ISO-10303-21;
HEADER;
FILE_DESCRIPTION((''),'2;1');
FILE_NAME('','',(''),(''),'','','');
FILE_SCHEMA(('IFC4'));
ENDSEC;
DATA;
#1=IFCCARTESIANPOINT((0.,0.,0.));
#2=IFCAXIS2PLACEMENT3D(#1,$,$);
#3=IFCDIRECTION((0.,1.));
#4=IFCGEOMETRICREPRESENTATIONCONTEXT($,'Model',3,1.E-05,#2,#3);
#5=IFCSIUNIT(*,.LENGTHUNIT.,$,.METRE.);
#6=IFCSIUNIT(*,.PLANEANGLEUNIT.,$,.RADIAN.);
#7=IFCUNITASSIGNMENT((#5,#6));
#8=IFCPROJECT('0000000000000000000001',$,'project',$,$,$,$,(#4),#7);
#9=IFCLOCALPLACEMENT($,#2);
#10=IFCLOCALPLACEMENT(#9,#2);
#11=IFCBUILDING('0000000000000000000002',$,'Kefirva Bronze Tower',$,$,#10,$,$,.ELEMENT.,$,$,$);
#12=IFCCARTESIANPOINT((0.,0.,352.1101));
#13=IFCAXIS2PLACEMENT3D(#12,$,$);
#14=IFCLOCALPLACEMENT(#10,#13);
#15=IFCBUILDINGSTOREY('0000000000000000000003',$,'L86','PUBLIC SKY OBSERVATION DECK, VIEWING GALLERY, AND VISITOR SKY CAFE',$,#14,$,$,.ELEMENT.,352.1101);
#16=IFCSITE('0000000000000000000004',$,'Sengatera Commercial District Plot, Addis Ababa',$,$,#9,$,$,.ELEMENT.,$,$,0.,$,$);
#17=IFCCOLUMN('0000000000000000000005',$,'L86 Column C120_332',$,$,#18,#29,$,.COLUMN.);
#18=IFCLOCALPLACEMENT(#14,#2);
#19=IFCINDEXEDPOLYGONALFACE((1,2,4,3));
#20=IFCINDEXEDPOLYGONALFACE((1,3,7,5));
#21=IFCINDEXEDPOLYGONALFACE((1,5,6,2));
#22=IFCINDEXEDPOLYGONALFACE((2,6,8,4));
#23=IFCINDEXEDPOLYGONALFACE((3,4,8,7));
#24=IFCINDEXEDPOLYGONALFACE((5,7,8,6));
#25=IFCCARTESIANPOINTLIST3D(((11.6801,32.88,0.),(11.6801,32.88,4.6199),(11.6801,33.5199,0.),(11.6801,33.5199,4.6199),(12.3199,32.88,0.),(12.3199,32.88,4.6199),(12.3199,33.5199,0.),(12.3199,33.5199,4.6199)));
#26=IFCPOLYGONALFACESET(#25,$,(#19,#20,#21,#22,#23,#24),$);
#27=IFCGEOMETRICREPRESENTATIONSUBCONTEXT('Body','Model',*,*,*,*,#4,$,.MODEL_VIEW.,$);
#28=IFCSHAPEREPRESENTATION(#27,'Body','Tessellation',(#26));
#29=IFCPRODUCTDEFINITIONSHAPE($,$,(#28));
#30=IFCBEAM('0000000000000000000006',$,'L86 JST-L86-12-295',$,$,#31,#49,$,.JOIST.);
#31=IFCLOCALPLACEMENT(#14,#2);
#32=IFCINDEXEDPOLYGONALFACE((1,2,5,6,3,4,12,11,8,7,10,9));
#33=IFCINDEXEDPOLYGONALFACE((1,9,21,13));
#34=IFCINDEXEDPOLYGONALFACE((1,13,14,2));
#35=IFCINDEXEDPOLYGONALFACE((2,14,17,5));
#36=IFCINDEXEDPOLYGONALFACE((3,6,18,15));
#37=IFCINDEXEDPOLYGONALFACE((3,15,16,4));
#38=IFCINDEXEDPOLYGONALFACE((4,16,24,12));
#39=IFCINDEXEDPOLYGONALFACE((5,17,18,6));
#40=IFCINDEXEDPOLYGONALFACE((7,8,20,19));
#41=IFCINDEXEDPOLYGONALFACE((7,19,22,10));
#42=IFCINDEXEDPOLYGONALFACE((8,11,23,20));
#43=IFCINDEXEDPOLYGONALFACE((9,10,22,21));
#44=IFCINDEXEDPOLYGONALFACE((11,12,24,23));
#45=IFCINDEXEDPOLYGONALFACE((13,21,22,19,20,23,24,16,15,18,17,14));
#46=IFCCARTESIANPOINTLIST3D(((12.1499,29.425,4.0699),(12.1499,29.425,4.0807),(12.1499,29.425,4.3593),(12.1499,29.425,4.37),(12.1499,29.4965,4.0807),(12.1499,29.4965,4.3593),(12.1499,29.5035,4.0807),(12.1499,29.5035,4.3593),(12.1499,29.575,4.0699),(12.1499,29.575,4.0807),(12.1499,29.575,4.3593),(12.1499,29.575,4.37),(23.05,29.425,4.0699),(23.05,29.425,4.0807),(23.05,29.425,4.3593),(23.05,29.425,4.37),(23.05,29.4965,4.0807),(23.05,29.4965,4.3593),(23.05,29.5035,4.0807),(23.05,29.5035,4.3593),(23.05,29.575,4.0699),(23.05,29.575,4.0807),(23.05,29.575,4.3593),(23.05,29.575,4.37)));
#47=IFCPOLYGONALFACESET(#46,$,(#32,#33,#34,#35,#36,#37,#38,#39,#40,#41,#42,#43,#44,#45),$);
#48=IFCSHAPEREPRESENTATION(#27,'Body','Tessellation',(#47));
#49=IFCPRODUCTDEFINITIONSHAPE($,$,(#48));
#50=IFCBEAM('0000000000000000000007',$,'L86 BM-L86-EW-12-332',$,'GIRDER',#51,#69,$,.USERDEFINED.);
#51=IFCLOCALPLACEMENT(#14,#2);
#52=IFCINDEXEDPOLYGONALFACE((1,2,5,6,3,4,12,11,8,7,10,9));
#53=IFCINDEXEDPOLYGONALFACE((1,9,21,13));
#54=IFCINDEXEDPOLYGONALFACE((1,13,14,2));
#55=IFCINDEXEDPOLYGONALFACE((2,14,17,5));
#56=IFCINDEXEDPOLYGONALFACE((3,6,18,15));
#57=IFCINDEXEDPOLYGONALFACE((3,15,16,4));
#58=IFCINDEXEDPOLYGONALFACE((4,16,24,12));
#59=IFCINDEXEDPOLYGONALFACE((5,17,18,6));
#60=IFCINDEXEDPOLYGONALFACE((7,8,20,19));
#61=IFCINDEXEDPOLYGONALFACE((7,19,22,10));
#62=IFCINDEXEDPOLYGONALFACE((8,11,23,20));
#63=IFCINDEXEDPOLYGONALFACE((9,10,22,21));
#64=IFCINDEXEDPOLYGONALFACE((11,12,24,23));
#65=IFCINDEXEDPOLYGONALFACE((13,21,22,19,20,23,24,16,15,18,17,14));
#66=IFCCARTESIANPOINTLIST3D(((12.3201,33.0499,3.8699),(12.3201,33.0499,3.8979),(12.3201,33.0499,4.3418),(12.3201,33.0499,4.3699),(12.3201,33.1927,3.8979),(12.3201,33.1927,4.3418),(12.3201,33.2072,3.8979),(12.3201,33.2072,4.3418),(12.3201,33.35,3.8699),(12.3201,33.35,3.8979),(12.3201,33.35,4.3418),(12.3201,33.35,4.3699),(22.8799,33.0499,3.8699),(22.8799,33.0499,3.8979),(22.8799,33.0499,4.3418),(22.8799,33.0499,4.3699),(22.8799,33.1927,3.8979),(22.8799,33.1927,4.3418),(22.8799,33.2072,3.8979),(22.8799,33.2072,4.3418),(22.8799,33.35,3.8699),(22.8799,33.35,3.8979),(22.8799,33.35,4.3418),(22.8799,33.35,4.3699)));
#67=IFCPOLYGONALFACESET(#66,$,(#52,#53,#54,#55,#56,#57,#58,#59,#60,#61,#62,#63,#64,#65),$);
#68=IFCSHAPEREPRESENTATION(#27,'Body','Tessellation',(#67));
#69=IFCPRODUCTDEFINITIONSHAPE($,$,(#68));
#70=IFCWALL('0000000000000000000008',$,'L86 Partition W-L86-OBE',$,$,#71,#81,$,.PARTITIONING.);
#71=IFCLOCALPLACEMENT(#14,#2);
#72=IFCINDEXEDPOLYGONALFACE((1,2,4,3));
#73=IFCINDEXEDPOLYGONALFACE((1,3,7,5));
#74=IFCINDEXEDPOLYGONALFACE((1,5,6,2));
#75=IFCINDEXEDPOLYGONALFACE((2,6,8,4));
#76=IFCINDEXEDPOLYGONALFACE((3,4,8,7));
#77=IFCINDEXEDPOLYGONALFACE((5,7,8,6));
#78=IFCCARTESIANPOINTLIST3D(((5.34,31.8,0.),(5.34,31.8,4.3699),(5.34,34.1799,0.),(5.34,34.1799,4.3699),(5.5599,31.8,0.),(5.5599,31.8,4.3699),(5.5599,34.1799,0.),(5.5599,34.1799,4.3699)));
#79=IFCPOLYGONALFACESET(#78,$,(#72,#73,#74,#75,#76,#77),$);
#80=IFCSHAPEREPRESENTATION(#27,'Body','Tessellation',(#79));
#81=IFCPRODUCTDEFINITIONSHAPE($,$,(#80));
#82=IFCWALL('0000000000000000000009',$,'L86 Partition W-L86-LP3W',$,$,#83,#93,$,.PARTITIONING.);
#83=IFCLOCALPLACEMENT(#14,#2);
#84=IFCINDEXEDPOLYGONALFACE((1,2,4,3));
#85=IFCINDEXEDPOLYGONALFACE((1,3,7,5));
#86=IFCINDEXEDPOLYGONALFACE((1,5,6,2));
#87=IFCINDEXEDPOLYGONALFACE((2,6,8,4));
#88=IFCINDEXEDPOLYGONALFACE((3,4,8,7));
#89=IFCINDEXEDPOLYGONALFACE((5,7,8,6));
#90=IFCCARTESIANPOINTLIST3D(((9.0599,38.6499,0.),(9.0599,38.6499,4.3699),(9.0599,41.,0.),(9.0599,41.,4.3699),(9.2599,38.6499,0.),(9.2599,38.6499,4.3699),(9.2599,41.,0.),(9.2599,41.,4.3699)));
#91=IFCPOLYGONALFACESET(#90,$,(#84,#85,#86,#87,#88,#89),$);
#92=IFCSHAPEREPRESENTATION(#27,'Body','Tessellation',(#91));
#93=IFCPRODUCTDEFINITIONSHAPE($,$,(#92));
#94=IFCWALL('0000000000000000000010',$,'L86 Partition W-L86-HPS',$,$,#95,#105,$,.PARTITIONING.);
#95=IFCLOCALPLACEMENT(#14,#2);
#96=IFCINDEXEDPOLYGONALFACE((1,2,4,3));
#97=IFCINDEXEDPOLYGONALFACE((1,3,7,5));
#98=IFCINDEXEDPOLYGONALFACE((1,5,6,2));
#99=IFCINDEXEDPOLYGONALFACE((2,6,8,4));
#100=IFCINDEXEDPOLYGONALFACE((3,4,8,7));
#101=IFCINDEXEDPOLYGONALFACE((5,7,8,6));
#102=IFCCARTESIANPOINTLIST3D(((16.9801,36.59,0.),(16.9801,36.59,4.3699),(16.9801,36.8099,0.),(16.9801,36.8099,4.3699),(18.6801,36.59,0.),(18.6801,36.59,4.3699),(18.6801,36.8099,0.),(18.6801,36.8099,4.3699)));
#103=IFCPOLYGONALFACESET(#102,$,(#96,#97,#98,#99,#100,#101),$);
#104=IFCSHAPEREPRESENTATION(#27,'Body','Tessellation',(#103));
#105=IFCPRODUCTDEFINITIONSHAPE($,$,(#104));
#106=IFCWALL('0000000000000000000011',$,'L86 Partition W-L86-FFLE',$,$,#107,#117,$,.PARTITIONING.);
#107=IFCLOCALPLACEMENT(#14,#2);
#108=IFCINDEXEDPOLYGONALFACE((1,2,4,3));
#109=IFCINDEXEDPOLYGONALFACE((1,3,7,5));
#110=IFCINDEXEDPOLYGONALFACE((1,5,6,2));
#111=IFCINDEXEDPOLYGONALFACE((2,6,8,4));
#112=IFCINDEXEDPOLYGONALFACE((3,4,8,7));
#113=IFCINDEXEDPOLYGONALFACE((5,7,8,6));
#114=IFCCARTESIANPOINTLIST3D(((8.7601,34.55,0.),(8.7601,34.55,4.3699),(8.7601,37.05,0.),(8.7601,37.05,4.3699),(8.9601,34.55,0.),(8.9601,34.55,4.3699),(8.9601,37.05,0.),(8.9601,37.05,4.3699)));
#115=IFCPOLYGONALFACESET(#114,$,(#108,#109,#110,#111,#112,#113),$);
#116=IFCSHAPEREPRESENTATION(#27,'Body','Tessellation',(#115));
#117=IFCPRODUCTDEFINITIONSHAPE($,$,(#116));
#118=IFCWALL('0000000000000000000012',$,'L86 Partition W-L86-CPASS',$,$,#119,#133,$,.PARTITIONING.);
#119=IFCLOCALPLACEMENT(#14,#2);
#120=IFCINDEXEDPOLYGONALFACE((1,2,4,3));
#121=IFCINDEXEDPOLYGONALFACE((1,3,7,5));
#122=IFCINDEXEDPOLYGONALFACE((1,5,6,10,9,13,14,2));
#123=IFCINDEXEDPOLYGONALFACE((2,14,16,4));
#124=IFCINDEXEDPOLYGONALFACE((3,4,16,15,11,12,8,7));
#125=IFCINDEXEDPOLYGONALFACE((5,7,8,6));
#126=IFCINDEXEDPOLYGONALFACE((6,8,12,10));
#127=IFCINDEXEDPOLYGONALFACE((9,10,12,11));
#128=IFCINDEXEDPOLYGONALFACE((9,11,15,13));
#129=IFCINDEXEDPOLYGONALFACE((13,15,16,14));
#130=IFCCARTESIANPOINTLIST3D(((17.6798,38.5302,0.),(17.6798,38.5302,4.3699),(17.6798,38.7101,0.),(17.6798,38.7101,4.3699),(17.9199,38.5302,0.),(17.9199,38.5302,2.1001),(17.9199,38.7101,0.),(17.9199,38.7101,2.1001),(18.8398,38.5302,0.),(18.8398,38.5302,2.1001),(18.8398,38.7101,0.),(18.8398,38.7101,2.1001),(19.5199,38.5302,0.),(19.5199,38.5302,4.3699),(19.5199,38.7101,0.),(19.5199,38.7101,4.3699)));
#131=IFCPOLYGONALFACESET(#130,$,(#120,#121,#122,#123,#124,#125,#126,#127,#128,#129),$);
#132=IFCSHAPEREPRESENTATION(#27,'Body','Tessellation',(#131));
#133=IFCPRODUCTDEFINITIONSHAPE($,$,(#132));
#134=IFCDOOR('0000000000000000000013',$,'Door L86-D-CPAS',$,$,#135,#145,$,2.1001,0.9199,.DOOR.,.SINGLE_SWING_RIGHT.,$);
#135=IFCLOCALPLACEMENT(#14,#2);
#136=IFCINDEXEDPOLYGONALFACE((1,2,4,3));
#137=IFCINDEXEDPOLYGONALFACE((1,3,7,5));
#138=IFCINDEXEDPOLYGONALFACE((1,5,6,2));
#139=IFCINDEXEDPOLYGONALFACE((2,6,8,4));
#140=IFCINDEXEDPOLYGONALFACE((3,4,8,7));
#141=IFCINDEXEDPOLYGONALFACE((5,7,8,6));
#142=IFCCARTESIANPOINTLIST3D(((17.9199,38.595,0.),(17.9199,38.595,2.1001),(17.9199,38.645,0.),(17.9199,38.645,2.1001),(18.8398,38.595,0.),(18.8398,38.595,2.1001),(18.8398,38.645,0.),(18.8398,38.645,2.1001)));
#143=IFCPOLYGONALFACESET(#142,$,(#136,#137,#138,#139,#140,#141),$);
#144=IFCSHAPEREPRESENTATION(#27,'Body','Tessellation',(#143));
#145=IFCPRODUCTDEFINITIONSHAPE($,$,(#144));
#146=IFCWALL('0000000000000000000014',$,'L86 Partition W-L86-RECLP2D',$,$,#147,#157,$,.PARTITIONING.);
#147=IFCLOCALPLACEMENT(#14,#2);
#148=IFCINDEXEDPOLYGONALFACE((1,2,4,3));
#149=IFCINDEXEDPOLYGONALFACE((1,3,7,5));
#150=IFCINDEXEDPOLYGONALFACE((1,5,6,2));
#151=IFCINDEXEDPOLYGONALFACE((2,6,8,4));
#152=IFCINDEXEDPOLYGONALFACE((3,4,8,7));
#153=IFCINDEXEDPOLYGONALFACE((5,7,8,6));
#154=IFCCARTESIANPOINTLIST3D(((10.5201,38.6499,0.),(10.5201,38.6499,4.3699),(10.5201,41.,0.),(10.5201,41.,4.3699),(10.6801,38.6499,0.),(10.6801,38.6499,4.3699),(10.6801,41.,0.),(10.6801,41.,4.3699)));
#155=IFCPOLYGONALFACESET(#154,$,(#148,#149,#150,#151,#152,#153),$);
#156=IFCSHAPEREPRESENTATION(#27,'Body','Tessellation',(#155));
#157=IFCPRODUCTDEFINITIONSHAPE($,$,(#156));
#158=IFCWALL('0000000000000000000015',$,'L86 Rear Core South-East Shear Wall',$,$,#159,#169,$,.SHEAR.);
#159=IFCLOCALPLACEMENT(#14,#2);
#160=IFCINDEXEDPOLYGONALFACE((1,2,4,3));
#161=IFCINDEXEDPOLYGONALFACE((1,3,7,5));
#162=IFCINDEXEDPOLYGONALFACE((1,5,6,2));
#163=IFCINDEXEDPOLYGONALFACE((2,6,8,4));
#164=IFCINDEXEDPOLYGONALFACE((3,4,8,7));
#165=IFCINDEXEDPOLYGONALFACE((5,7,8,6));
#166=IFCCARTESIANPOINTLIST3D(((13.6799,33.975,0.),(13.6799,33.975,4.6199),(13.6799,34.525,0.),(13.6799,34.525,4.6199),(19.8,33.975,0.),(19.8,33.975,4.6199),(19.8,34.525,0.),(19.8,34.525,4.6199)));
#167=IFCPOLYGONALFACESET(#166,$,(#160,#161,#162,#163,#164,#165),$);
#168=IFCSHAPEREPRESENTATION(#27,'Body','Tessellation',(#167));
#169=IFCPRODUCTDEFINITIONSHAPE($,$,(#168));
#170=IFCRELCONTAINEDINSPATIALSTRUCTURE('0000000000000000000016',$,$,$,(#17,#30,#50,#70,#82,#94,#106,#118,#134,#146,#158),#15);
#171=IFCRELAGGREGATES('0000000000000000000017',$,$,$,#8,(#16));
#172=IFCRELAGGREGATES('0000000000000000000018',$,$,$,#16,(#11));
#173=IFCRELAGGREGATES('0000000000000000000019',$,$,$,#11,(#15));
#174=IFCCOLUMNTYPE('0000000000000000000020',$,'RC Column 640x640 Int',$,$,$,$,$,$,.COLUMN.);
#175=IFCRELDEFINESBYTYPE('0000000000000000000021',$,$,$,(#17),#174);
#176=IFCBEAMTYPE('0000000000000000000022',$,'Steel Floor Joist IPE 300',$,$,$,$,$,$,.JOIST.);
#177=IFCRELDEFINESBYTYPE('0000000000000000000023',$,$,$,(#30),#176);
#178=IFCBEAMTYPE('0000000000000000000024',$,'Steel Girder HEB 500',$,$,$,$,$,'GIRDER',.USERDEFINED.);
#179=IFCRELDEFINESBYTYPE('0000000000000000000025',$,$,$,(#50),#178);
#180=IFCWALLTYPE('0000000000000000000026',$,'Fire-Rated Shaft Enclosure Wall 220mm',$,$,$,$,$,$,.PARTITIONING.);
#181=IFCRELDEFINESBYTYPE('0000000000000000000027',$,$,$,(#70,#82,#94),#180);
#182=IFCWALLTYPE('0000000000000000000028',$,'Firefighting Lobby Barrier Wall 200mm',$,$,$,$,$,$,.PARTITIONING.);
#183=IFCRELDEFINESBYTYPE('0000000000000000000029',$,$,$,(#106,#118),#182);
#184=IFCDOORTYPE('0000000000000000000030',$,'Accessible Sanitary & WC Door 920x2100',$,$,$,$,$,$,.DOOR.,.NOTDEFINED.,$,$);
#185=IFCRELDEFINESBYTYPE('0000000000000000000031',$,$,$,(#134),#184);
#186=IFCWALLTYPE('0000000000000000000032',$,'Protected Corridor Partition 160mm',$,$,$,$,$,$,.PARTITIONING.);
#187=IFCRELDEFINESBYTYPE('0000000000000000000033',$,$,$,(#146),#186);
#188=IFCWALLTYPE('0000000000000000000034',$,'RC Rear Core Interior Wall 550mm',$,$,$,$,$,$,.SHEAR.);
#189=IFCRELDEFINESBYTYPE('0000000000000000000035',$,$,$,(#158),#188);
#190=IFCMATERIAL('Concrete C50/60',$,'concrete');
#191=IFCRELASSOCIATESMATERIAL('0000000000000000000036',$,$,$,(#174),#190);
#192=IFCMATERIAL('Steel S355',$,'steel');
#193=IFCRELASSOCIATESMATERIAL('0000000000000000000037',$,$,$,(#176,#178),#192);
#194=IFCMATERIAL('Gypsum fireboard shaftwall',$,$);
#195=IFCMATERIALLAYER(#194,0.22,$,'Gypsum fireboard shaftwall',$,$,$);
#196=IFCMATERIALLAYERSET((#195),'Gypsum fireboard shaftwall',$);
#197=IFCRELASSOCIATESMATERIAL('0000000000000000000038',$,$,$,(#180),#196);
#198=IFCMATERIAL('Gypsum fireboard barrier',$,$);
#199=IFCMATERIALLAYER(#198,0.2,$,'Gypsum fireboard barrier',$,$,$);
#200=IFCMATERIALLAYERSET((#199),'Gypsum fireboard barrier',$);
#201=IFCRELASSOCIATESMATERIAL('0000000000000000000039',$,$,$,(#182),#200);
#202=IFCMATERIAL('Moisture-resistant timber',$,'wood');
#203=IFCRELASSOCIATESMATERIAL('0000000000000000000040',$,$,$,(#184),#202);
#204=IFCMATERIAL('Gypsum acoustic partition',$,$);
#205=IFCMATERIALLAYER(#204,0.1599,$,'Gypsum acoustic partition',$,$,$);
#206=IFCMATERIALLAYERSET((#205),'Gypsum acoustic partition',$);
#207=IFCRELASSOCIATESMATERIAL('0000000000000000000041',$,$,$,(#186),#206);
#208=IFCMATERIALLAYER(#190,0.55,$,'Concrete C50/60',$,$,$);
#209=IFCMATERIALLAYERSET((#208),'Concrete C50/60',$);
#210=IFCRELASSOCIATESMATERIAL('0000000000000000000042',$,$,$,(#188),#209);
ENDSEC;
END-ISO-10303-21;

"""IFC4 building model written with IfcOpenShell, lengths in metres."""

from ifc_helpers import new_model, si_unit, direction, frame, frame_2d, origin, origin_2d, place, context, subcontext, project, spatial, rectangle, i_section, extrude, material, layer, layer_set, material_profile, profile_set, type_object, element, fill, save


model = new_model("IFC4")

# Units and contexts
model_context = context("Model", 3, precision=1e-05, world=origin(), true_north=direction((0.0, 1.0)))
body_context = subcontext(model_context, "Body", "Model", "MODEL_VIEW")
ifc_project = project(units=[si_unit("LENGTHUNIT", "METRE"), si_unit("PLANEANGLEUNIT", "RADIAN")], contexts=[model_context])

# Site, building, storey
site_placement = place(None, origin())
site = spatial("IfcSite", under=ifc_project, at=site_placement, Name="Sengatera Commercial District Plot, Addis Ababa", CompositionType="ELEMENT", RefElevation=0.0)
building_placement = place(site_placement, origin())
building = spatial("IfcBuilding", under=site, at=building_placement, Name="Kefirva Bronze Tower", CompositionType="ELEMENT")
storey_placement = place(building_placement, frame((0.0, 0.0, 352.1101)))
storey = spatial("IfcBuildingStorey", under=building, at=storey_placement, Name="L86", Description="PUBLIC SKY OBSERVATION DECK, VIEWING GALLERY, AND VISITOR SKY CAFE", CompositionType="ELEMENT", Elevation=352.1101)

# Column
ifc_material_1 = material(Name="Concrete C50/60", Category="concrete")
ifc_material_profile_1 = material_profile(ifc_material_1, rectangle(XDim=0.6399, YDim=0.6399, at=origin_2d()), Name="RC 640x640")
ifc_profile_set_1 = profile_set([ifc_material_profile_1], Name="Concrete C50/60")
column_type = type_object("IfcColumnType", Name="RC Column 640x640 Int", PredefinedType="COLUMN", material=ifc_profile_set_1)
column_placement = place(storey_placement, frame((12.0, 33.2, 0.0), z_axis=(0.0, 0.0, 1.0), x_axis=(1.0, 0.0, 0.0)))
element("IfcColumn", 1, at=column_placement, inside=storey, type_object=column_type, Name="L86 Column C120_332", PredefinedType="COLUMN", context=body_context, shape_type="SweptSolid", body=[
    extrude(rectangle(XDim=0.6399, YDim=0.6399, at=origin_2d()), origin(), (0.0, 0.0, 1.0), 4.6199),
])

# Beams
ifc_material_2 = material(Name="Steel S355", Category="steel")
ifc_material_profile_2 = material_profile(ifc_material_2, i_section(OverallWidth=0.1499, OverallDepth=0.3, WebThickness=0.0071, FlangeThickness=0.0107, at=origin_2d()), Name="IPE 300")
ifc_profile_set_2 = profile_set([ifc_material_profile_2], Name="Steel S355")
beam_type_1 = type_object("IfcBeamType", Name="Steel Floor Joist IPE 300", PredefinedType="JOIST", material=ifc_profile_set_2)
beam_1_placement = place(storey_placement, frame((12.1499, 29.5, 4.22), z_axis=(1.0, 0.0, 0.0), x_axis=(0.0, 1.0, 0.0)))
element("IfcBeam", 2, at=beam_1_placement, inside=storey, type_object=beam_type_1, Name="L86 JST-L86-12-295", PredefinedType="JOIST", context=body_context, shape_type="SweptSolid", body=[
    extrude(i_section(OverallWidth=0.1499, OverallDepth=0.3, WebThickness=0.0071, FlangeThickness=0.0107, at=origin_2d()), origin(), (0.0, 0.0, 1.0), 10.9001),
])
ifc_material_profile_3 = material_profile(ifc_material_2, i_section(OverallWidth=0.3, OverallDepth=0.5, WebThickness=0.0144, FlangeThickness=0.0281, at=origin_2d()), Name="HEB 500")
ifc_profile_set_3 = profile_set([ifc_material_profile_3], Name="Steel S355")
beam_type_2 = type_object("IfcBeamType", Name="Steel Girder HEB 500", ElementType="GIRDER", PredefinedType="USERDEFINED", material=ifc_profile_set_3)
beam_2_placement = place(storey_placement, frame((12.3201, 33.2, 4.1199), z_axis=(1.0, 0.0, 0.0), x_axis=(0.0, 1.0, 0.0)))
element("IfcBeam", 3, at=beam_2_placement, inside=storey, type_object=beam_type_2, Name="L86 BM-L86-EW-12-332", ObjectType="GIRDER", PredefinedType="USERDEFINED", context=body_context, shape_type="SweptSolid", body=[
    extrude(i_section(OverallWidth=0.3, OverallDepth=0.5, WebThickness=0.0144, FlangeThickness=0.0281, at=origin_2d()), origin(), (0.0, 0.0, 1.0), 10.5598),
])

# Shared definitions
ifc_material_3 = material(Name="Gypsum acoustic partition")
ifc_material_4 = material(Name="Gypsum fireboard shaftwall")
ifc_layer_1 = layer(ifc_material_4, 0.22, Name="Gypsum fireboard shaftwall")
ifc_layer_set_1 = layer_set([ifc_layer_1], Name="Gypsum fireboard shaftwall")
wall_type_1 = type_object("IfcWallType", Name="Fire-Rated Shaft Enclosure Wall 220mm", PredefinedType="PARTITIONING", material=ifc_layer_set_1)

# Walls
wall_1_placement = place(storey_placement, frame((5.45, 31.8, 0.0), z_axis=(0.0, 0.0, 1.0), x_axis=(0.0, 1.0, 0.0)))
element("IfcWall", 4, at=wall_1_placement, inside=storey, type_object=wall_type_1, Name="L86 Partition W-L86-OBE", PredefinedType="PARTITIONING", context=body_context, shape_type="SweptSolid", body=[
    extrude(rectangle(XDim=2.3799, YDim=0.22, at=frame_2d((1.1899, 0.0))), origin(), (0.0, 0.0, 1.0), 4.3699),
])
wall_2_placement = place(storey_placement, frame((9.1599, 38.6499, 0.0), z_axis=(0.0, 0.0, 1.0), x_axis=(0.0, 1.0, 0.0)))
element("IfcWall", 5, at=wall_2_placement, inside=storey, type_object=wall_type_1, Name="L86 Partition W-L86-LP3W", PredefinedType="PARTITIONING", context=body_context, shape_type="SweptSolid", body=[
    extrude(rectangle(XDim=2.3501, YDim=0.2, at=frame_2d((1.175, 0.0))), origin(), (0.0, 0.0, 1.0), 4.3699),
])
wall_3_placement = place(storey_placement, frame((16.98, 36.7, 0.0), z_axis=(0.0, 0.0, 1.0), x_axis=(1.0, 0.0, 0.0)))
element("IfcWall", 6, at=wall_3_placement, inside=storey, type_object=wall_type_1, Name="L86 Partition W-L86-HPS", PredefinedType="PARTITIONING", context=body_context, shape_type="SweptSolid", body=[
    extrude(rectangle(XDim=1.7, YDim=0.22, at=frame_2d((0.8501, 0.0))), origin(), (0.0, 0.0, 1.0), 4.3699),
])
ifc_material_5 = material(Name="Gypsum fireboard barrier")
ifc_layer_2 = layer(ifc_material_5, 0.2, Name="Gypsum fireboard barrier")
ifc_layer_set_2 = layer_set([ifc_layer_2], Name="Gypsum fireboard barrier")
wall_type_2 = type_object("IfcWallType", Name="Firefighting Lobby Barrier Wall 200mm", PredefinedType="PARTITIONING", material=ifc_layer_set_2)
wall_4_placement = place(storey_placement, frame((8.8601, 34.55, 0.0), z_axis=(0.0, 0.0, 1.0), x_axis=(0.0, 1.0, 0.0)))
element("IfcWall", 7, at=wall_4_placement, inside=storey, type_object=wall_type_2, Name="L86 Partition W-L86-FFLE", PredefinedType="PARTITIONING", context=body_context, shape_type="SweptSolid", body=[
    extrude(rectangle(XDim=2.5, YDim=0.2, at=frame_2d((1.25, 0.0))), origin(), (0.0, 0.0, 1.0), 4.3699),
])

# Wall, opening, door
wall_5_placement = place(storey_placement, frame((17.6799, 38.6201, 0.0), z_axis=(0.0, 0.0, 1.0), x_axis=(1.0, 0.0, 0.0)))
wall_5 = element("IfcWall", 8, at=wall_5_placement, inside=storey, type_object=wall_type_2, Name="L86 Partition W-L86-CPASS", PredefinedType="PARTITIONING", context=body_context, shape_type="SweptSolid", body=[
    extrude(rectangle(XDim=1.8401, YDim=0.1799, at=frame_2d((0.9199, 0.0))), origin(), (0.0, 0.0, 1.0), 4.3699),
])
opening_1_placement = place(wall_5_placement, frame((0.24, 0.0, 0.0)))
opening_1 = element("IfcOpeningElement", 9, at=opening_1_placement, cuts=wall_5, PredefinedType="OPENING", context=body_context, shape_type="SweptSolid", body=[
    extrude(rectangle(XDim=0.9199, YDim=2.1001, at=frame_2d((0.46, 1.05))), frame((0.0, 0.1001, 0.0), z_axis=(0.0, -1.0, 0.0), x_axis=(1.0, 0.0, 0.0)), (0.0, 0.0, 1.0), 0.2),
])
ifc_material_6 = material(Name="Moisture-resistant timber", Category="wood")
door_type_1 = type_object("IfcDoorType", Name="Accessible Sanitary & WC Door 920x2100", OperationType="NOTDEFINED", PredefinedType="DOOR", material=ifc_material_6)
door_1_placement = place(opening_1_placement, origin())
door_1 = element("IfcDoor", 10, at=door_1_placement, inside=storey, type_object=door_type_1, Name="Door L86-D-CPAS", OperationType="SINGLE_SWING_RIGHT", OverallHeight=2.1001, OverallWidth=0.9199, PredefinedType="DOOR", context=body_context, shape_type="SweptSolid", body=[
    extrude(rectangle(XDim=0.9199, YDim=2.1001, at=frame_2d((0.46, 1.05))), frame((0.0, 0.0249, 0.0), z_axis=(0.0, -1.0, 0.0), x_axis=(1.0, 0.0, 0.0)), (0.0, 0.0, 1.0), 0.05),
])
fill(opening_1, door_1)
ifc_layer_3 = layer(ifc_material_3, 0.1599, Name="Gypsum acoustic partition")
ifc_layer_set_3 = layer_set([ifc_layer_3], Name="Gypsum acoustic partition")
wall_type_3 = type_object("IfcWallType", Name="Protected Corridor Partition 160mm", PredefinedType="PARTITIONING", material=ifc_layer_set_3)

# Walls
wall_6_placement = place(storey_placement, frame((10.6001, 38.6499, 0.0), z_axis=(0.0, 0.0, 1.0), x_axis=(0.0, 1.0, 0.0)))
element("IfcWall", 11, at=wall_6_placement, inside=storey, type_object=wall_type_3, Name="L86 Partition W-L86-RECLP2D", PredefinedType="PARTITIONING", context=body_context, shape_type="SweptSolid", body=[
    extrude(rectangle(XDim=2.3501, YDim=0.1599, at=frame_2d((1.175, 0.0))), origin(), (0.0, 0.0, 1.0), 4.3699),
])
ifc_layer_4 = layer(ifc_material_1, 0.55, Name="Concrete C50/60")
ifc_layer_set_4 = layer_set([ifc_layer_4], Name="Concrete C50/60")
wall_type_4 = type_object("IfcWallType", Name="RC Rear Core Interior Wall 550mm", PredefinedType="SHEAR", material=ifc_layer_set_4)
wall_7_placement = place(storey_placement, frame((13.6799, 34.25, 0.0), z_axis=(0.0, 0.0, 1.0), x_axis=(1.0, 0.0, 0.0)))
element("IfcWall", 12, at=wall_7_placement, inside=storey, type_object=wall_type_4, Name="L86 Rear Core South-East Shear Wall", PredefinedType="SHEAR", context=body_context, shape_type="SweptSolid", body=[
    extrude(rectangle(XDim=6.1201, YDim=0.55, at=frame_2d((3.0601, 0.0))), origin(), (0.0, 0.0, 1.0), 4.6199),
])

save(model, "model.ifc")
